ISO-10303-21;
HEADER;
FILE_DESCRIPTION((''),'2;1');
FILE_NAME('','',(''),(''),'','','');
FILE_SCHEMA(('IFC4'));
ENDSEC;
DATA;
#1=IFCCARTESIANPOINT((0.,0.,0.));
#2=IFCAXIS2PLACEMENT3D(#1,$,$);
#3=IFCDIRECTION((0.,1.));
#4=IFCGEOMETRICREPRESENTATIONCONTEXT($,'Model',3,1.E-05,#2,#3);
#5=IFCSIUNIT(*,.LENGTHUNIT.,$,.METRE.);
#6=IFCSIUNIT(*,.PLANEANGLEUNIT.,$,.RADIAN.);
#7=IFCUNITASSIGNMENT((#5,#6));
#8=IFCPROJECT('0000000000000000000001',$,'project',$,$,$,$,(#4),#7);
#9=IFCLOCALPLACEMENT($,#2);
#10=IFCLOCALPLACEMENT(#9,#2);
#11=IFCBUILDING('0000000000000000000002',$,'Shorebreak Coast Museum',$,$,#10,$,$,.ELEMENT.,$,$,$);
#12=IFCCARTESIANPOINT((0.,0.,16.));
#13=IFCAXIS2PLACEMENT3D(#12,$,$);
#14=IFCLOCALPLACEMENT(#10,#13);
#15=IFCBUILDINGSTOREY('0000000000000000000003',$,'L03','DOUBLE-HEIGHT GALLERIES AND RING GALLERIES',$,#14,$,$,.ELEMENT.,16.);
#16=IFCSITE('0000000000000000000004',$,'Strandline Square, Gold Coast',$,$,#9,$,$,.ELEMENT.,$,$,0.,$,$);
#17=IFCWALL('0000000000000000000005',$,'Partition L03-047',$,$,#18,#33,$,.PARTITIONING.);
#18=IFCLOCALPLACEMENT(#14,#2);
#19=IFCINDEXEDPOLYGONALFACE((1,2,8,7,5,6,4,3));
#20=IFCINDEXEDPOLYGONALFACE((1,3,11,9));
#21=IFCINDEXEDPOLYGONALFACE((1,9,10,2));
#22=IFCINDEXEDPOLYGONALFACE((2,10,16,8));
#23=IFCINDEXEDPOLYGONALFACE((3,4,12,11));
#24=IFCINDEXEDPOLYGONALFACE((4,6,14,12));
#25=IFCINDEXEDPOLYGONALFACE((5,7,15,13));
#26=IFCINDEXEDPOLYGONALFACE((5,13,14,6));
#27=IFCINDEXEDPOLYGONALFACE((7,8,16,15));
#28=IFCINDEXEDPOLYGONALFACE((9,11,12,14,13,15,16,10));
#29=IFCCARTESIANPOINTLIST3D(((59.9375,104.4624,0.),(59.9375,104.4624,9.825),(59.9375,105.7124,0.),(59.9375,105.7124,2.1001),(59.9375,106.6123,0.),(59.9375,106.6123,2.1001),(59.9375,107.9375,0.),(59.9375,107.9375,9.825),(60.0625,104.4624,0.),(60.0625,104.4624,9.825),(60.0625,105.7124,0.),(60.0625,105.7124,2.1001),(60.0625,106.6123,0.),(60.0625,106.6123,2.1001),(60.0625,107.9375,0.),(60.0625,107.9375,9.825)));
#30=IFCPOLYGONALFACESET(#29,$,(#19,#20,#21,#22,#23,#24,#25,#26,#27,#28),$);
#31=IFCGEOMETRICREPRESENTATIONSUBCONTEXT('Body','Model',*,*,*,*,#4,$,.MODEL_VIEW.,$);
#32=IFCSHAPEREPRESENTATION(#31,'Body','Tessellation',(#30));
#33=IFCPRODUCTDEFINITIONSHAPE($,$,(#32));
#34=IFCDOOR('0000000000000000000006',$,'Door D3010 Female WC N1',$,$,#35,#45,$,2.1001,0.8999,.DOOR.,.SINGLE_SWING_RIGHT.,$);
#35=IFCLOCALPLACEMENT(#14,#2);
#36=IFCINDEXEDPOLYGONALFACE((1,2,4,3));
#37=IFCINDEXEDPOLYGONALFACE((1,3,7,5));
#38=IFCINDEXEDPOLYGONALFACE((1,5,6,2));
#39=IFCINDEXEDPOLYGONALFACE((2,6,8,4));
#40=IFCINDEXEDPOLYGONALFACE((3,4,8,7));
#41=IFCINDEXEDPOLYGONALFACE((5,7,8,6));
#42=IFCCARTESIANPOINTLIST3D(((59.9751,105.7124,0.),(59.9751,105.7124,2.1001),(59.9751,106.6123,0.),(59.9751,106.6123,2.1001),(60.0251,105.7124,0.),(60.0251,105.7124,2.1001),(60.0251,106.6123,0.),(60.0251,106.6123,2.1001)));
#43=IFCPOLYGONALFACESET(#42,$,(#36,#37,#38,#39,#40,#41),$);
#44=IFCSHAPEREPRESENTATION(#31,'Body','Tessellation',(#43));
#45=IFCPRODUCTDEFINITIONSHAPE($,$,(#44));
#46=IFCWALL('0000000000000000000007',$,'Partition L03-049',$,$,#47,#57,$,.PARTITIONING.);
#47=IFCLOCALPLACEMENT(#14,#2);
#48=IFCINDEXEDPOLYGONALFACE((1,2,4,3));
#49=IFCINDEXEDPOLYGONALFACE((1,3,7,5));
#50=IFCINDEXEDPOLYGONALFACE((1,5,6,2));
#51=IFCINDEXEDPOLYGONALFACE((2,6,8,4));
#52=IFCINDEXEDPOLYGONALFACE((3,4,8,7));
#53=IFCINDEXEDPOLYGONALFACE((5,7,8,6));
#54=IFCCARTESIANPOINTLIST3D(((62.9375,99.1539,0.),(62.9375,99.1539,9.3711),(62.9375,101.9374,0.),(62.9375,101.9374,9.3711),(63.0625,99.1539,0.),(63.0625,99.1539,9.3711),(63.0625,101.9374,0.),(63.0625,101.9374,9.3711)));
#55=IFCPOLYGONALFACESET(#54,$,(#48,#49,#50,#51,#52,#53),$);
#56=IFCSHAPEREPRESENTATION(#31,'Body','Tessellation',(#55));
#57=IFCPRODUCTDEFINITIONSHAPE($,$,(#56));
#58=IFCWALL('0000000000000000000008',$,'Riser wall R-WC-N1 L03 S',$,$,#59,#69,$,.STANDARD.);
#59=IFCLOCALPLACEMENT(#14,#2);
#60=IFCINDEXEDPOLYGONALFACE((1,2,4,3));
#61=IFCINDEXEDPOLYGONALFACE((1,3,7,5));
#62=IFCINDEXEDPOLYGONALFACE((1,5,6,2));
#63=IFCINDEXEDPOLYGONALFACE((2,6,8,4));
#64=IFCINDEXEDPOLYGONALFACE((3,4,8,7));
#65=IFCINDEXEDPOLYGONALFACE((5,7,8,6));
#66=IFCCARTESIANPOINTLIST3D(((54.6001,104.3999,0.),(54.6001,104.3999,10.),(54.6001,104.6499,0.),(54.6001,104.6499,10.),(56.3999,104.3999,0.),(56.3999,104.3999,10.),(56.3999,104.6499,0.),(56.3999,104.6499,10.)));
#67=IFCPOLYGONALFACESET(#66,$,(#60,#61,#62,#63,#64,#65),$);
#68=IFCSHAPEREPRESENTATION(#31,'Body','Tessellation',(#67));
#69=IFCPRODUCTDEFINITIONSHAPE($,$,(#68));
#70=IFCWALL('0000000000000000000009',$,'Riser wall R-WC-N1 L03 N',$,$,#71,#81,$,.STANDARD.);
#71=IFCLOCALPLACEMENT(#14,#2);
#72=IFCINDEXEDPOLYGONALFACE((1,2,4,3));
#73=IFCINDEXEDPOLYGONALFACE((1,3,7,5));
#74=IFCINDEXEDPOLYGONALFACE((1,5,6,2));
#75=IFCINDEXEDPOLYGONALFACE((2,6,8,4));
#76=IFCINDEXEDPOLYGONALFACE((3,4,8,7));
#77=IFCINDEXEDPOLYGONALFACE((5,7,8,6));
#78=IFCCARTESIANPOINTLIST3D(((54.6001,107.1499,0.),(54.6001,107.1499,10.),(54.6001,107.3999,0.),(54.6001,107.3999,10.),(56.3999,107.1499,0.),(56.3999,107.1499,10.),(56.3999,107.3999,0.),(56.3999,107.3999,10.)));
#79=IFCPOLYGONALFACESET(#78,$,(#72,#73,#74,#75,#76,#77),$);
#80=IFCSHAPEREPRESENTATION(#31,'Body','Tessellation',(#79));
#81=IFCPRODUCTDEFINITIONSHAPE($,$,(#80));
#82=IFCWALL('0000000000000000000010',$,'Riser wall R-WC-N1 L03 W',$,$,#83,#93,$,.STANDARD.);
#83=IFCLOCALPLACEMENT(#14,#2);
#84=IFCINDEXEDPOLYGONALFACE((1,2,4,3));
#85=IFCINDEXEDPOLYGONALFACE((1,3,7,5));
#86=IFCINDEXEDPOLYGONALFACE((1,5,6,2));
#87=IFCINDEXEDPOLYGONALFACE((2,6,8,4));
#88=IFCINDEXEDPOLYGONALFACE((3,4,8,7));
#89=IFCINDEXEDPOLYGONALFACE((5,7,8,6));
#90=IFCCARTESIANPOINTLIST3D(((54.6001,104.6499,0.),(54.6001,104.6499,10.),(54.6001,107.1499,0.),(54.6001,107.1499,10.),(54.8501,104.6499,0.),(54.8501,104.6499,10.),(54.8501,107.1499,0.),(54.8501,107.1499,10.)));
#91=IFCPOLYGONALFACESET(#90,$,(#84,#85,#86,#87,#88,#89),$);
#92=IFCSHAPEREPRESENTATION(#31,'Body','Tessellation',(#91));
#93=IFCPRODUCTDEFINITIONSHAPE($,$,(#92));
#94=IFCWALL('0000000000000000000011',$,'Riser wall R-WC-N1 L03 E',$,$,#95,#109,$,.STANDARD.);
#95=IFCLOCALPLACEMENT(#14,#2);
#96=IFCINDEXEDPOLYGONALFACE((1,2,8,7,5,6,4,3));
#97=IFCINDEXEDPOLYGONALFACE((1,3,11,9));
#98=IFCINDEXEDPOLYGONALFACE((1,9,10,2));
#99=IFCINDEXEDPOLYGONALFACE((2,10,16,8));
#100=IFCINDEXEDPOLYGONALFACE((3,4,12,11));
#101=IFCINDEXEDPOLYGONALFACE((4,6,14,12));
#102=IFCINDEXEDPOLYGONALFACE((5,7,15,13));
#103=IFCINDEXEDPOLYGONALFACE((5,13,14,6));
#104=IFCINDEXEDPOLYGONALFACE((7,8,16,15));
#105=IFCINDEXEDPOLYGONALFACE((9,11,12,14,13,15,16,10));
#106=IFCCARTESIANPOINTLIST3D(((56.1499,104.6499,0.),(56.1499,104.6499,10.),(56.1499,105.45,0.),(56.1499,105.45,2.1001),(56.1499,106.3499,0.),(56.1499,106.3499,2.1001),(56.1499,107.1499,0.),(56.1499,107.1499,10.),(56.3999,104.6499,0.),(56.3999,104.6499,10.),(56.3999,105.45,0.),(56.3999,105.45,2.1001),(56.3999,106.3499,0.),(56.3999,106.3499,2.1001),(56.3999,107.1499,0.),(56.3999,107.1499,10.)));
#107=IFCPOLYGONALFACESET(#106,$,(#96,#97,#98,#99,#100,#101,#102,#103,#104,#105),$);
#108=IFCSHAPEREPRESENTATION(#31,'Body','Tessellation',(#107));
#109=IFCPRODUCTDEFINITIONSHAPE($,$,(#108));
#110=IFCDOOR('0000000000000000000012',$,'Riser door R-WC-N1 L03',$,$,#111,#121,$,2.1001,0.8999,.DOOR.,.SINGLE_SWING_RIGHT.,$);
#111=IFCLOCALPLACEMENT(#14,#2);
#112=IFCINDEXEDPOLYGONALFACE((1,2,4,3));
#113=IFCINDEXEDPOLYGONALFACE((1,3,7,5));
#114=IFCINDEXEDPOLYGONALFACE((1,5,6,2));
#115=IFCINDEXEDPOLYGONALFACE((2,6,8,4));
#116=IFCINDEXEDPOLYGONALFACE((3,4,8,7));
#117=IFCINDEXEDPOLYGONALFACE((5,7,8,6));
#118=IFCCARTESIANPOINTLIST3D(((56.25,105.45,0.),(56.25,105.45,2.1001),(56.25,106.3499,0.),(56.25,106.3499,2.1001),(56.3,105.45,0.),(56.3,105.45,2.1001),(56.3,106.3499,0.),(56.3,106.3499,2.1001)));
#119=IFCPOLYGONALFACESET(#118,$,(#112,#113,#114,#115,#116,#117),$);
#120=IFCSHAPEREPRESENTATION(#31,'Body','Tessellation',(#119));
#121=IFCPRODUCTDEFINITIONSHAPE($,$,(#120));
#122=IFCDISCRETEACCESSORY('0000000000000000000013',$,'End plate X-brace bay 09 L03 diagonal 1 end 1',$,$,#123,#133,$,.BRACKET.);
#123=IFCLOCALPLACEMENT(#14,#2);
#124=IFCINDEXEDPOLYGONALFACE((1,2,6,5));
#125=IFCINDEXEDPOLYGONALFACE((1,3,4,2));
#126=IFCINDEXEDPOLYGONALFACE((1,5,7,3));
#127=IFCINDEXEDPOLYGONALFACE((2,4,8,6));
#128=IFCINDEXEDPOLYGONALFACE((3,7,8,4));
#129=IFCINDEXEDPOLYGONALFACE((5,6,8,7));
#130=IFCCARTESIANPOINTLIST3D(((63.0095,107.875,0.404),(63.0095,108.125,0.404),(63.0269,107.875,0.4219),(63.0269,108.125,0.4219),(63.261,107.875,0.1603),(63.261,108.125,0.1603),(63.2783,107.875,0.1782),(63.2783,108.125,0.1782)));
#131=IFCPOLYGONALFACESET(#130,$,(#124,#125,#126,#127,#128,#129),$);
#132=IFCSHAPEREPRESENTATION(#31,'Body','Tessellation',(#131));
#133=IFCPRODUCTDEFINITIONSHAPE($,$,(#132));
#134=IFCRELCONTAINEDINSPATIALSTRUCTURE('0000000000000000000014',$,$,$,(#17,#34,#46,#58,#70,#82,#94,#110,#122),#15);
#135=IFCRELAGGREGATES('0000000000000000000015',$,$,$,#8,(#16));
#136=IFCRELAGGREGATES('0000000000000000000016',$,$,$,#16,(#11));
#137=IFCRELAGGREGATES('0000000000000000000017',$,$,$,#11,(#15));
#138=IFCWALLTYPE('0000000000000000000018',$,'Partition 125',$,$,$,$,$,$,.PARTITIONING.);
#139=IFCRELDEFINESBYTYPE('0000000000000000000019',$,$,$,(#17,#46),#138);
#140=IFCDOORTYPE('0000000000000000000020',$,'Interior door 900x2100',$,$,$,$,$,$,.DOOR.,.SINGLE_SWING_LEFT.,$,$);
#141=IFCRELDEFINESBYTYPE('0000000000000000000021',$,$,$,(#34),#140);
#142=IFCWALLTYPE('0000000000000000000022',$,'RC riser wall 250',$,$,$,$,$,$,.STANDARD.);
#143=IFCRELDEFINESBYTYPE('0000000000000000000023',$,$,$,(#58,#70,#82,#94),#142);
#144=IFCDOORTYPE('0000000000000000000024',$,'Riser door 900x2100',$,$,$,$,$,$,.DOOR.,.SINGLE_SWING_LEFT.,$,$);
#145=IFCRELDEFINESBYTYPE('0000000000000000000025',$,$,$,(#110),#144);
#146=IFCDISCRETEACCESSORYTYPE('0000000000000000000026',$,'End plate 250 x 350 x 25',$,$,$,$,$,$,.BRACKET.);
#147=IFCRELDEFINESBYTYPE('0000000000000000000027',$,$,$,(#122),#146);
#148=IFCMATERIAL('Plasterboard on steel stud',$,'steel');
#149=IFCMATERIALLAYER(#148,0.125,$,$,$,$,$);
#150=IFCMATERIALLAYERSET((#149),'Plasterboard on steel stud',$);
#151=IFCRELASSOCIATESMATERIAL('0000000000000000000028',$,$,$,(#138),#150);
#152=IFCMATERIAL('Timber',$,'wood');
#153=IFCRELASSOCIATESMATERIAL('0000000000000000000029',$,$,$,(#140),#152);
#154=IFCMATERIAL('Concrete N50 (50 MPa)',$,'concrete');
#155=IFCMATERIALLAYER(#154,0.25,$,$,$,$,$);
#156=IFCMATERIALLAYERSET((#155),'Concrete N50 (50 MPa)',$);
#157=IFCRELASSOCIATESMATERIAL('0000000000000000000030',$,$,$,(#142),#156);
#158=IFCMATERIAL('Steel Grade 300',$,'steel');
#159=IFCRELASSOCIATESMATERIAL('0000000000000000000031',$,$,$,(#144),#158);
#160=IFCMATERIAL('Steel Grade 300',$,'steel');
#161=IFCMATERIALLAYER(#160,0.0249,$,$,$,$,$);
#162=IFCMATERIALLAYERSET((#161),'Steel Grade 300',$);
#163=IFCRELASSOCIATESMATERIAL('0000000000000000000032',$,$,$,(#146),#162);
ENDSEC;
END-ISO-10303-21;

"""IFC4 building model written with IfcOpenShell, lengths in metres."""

from ifc_helpers import new_model, si_unit, direction, frame, frame_2d, origin, place, context, subcontext, project, spatial, polyline, rectangle, outline, extrude, material, layer, layer_set, type_object, element, fill, save


model = new_model("IFC4")

# Units and contexts
model_context = context("Model", 3, precision=1e-05, world=origin(), true_north=direction((0.0, 1.0)))
body_context = subcontext(model_context, "Body", "Model", "MODEL_VIEW")
ifc_project = project(units=[si_unit("LENGTHUNIT", "METRE"), si_unit("PLANEANGLEUNIT", "RADIAN")], contexts=[model_context])

# Site, building, storey
site_placement = place(None, origin())
site = spatial("IfcSite", under=ifc_project, at=site_placement, Name="Strandline Square, Gold Coast", CompositionType="ELEMENT", RefElevation=0.0)
building_placement = place(site_placement, origin())
building = spatial("IfcBuilding", under=site, at=building_placement, Name="Shorebreak Coast Museum", CompositionType="ELEMENT")
storey_placement = place(building_placement, frame((0.0, 0.0, 16.0)))
storey = spatial("IfcBuildingStorey", under=building, at=storey_placement, Name="L03", Description="DOUBLE-HEIGHT GALLERIES AND RING GALLERIES", CompositionType="ELEMENT", Elevation=16.0)

# Shared definitions
ifc_material_1 = material(Name="Plasterboard on steel stud", Category="steel")
ifc_layer_1 = layer(ifc_material_1, 0.125)
ifc_layer_set_1 = layer_set([ifc_layer_1], Name="Plasterboard on steel stud")
wall_type_1 = type_object("IfcWallType", Name="Partition 125", PredefinedType="PARTITIONING", material=ifc_layer_set_1)
ifc_material_2 = material(Name="Timber", Category="wood")
door_type_1 = type_object("IfcDoorType", Name="Interior door 900x2100", OperationType="SINGLE_SWING_LEFT", PredefinedType="DOOR", material=ifc_material_2)

# Wall, opening, door
wall_1_placement = place(storey_placement, frame((60.0, 104.4624, 0.0), z_axis=(0.0, 0.0, 1.0), x_axis=(0.0, 1.0, 0.0)))
wall_1 = element("IfcWall", 1, at=wall_1_placement, inside=storey, type_object=wall_type_1, Name="Partition L03-047", PredefinedType="PARTITIONING", context=body_context, shape_type="SweptSolid", body=[
    extrude(rectangle(XDim=3.4751, YDim=0.125, at=frame_2d((1.7375, 0.0))), origin(), (0.0, 0.0, 1.0), 9.825),
])
opening_1_placement = place(wall_1_placement, frame((1.25, 0.0, 0.0)))
opening_1 = element("IfcOpeningElement", 2, at=opening_1_placement, cuts=wall_1, PredefinedType="OPENING", context=body_context, shape_type="SweptSolid", body=[
    extrude(rectangle(XDim=0.8999, YDim=2.1001, at=frame_2d((0.45, 1.05))), frame((0.0, 0.0725, 0.0), z_axis=(0.0, -1.0, 0.0), x_axis=(1.0, 0.0, 0.0)), (0.0, 0.0, 1.0), 0.145),
])
door_1_placement = place(opening_1_placement, origin())
door_1 = element("IfcDoor", 3, at=door_1_placement, inside=storey, type_object=door_type_1, Name="Door D3010 Female WC N1", OperationType="SINGLE_SWING_RIGHT", OverallHeight=2.1001, OverallWidth=0.8999, PredefinedType="DOOR", context=body_context, shape_type="SweptSolid", body=[
    extrude(rectangle(XDim=0.8999, YDim=2.1001, at=frame_2d((0.45, 1.05))), frame((0.0, 0.0249, 0.0), z_axis=(0.0, -1.0, 0.0), x_axis=(1.0, 0.0, 0.0)), (0.0, 0.0, 1.0), 0.05),
])
fill(opening_1, door_1)

# Walls
wall_2_placement = place(storey_placement, frame((63.0, 99.1541, 0.0), z_axis=(0.0, 0.0, 1.0), x_axis=(0.0, 1.0, 0.0)))
element("IfcWall", 4, at=wall_2_placement, inside=storey, type_object=wall_type_1, Name="Partition L03-049", PredefinedType="PARTITIONING", context=body_context, shape_type="SweptSolid", body=[
    extrude(rectangle(XDim=2.7834, YDim=0.125, at=frame_2d((1.3916, 0.0))), origin(), (0.0, 0.0, 1.0), 9.3711),
])
ifc_material_3 = material(Name="Concrete N50 (50 MPa)", Category="concrete")
ifc_layer_2 = layer(ifc_material_3, 0.25)
ifc_layer_set_2 = layer_set([ifc_layer_2], Name="Concrete N50 (50 MPa)")
wall_type_2 = type_object("IfcWallType", Name="RC riser wall 250", PredefinedType="STANDARD", material=ifc_layer_set_2)
for number, where, z_axis, x_axis, name in (
    (5, (54.6001, 104.5249, 0.0), (0.0, 0.0, 1.0), (1.0, 0.0, 0.0), "Riser wall R-WC-N1 L03 S"),
    (6, (54.6001, 107.2749, 0.0), (0.0, 0.0, 1.0), (1.0, 0.0, 0.0), "Riser wall R-WC-N1 L03 N"),
):
    element("IfcWall", number, at=place(storey_placement, frame(where, z_axis=z_axis, x_axis=x_axis)), inside=storey, type_object=wall_type_2, Name=name, PredefinedType="STANDARD", context=body_context, shape_type="SweptSolid", body=[
        extrude(rectangle(XDim=1.7998, YDim=0.25, at=frame_2d((0.8999, 0.0))), origin(), (0.0, 0.0, 1.0), 10.0),
    ])
wall_3_placement = place(storey_placement, frame((54.7251, 104.6499, 0.0), z_axis=(0.0, 0.0, 1.0), x_axis=(0.0, 1.0, 0.0)))
element("IfcWall", 7, at=wall_3_placement, inside=storey, type_object=wall_type_2, Name="Riser wall R-WC-N1 L03 W", PredefinedType="STANDARD", context=body_context, shape_type="SweptSolid", body=[
    extrude(rectangle(XDim=2.5, YDim=0.25, at=frame_2d((1.25, 0.0))), origin(), (0.0, 0.0, 1.0), 10.0),
])

# Wall, opening, door
wall_4_placement = place(storey_placement, frame((56.2749, 104.6499, 0.0), z_axis=(0.0, 0.0, 1.0), x_axis=(0.0, 1.0, 0.0)))
wall_4 = element("IfcWall", 8, at=wall_4_placement, inside=storey, type_object=wall_type_2, Name="Riser wall R-WC-N1 L03 E", PredefinedType="STANDARD", context=body_context, shape_type="SweptSolid", body=[
    extrude(rectangle(XDim=2.5, YDim=0.25, at=frame_2d((1.25, 0.0))), origin(), (0.0, 0.0, 1.0), 10.0),
])
opening_2_placement = place(wall_4_placement, frame((0.8, 0.0, 0.0)))
opening_2 = element("IfcOpeningElement", 9, at=opening_2_placement, cuts=wall_4, PredefinedType="OPENING", context=body_context, shape_type="SweptSolid", body=[
    extrude(rectangle(XDim=0.8999, YDim=2.1001, at=frame_2d((0.45, 1.05))), frame((0.0, 0.135, 0.0), z_axis=(0.0, -1.0, 0.0), x_axis=(1.0, 0.0, 0.0)), (0.0, 0.0, 1.0), 0.27),
])
ifc_material_4 = material(Name="Steel Grade 300", Category="steel")
door_type_2 = type_object("IfcDoorType", Name="Riser door 900x2100", OperationType="SINGLE_SWING_LEFT", PredefinedType="DOOR", material=ifc_material_4)
door_2_placement = place(opening_2_placement, origin())
door_2 = element("IfcDoor", 10, at=door_2_placement, inside=storey, type_object=door_type_2, Name="Riser door R-WC-N1 L03", OperationType="SINGLE_SWING_RIGHT", OverallHeight=2.1001, OverallWidth=0.8999, PredefinedType="DOOR", context=body_context, shape_type="SweptSolid", body=[
    extrude(rectangle(XDim=0.8999, YDim=2.1001, at=frame_2d((0.45, 1.05))), frame((0.0, 0.0249, 0.0), z_axis=(0.0, -1.0, 0.0), x_axis=(1.0, 0.0, 0.0)), (0.0, 0.0, 1.0), 0.05),
])
fill(opening_2, door_2)

# Discrete accessory
ifc_material_5 = material(Name="Steel Grade 300", Category="steel")
ifc_layer_3 = layer(ifc_material_5, 0.0249)
ifc_layer_set_3 = layer_set([ifc_layer_3], Name="Steel Grade 300")
discrete_accessory_type = type_object("IfcDiscreteAccessoryType", Name="End plate 250 x 350 x 25", PredefinedType="BRACKET", material=ifc_layer_set_3)
discrete_accessory_placement = place(storey_placement, frame((63.2783, 107.875, 0.1782), z_axis=(0.695863, 0.0, 0.718175), x_axis=(0.0, 1.0, 0.0)))
element("IfcDiscreteAccessory", 11, at=discrete_accessory_placement, inside=storey, type_object=discrete_accessory_type, Name="End plate X-brace bay 09 L03 diagonal 1 end 1", PredefinedType="BRACKET", context=body_context, shape_type="SweptSolid", body=[
    extrude(outline(polyline([(0.0, 0.0), (0.25, 0.0), (0.25, 0.3501), (0.0, 0.3501), (0.0, 0.0)])), origin(), (0.0, 0.0, -1.0), 0.0249),
])

save(model, "model.ifc")
